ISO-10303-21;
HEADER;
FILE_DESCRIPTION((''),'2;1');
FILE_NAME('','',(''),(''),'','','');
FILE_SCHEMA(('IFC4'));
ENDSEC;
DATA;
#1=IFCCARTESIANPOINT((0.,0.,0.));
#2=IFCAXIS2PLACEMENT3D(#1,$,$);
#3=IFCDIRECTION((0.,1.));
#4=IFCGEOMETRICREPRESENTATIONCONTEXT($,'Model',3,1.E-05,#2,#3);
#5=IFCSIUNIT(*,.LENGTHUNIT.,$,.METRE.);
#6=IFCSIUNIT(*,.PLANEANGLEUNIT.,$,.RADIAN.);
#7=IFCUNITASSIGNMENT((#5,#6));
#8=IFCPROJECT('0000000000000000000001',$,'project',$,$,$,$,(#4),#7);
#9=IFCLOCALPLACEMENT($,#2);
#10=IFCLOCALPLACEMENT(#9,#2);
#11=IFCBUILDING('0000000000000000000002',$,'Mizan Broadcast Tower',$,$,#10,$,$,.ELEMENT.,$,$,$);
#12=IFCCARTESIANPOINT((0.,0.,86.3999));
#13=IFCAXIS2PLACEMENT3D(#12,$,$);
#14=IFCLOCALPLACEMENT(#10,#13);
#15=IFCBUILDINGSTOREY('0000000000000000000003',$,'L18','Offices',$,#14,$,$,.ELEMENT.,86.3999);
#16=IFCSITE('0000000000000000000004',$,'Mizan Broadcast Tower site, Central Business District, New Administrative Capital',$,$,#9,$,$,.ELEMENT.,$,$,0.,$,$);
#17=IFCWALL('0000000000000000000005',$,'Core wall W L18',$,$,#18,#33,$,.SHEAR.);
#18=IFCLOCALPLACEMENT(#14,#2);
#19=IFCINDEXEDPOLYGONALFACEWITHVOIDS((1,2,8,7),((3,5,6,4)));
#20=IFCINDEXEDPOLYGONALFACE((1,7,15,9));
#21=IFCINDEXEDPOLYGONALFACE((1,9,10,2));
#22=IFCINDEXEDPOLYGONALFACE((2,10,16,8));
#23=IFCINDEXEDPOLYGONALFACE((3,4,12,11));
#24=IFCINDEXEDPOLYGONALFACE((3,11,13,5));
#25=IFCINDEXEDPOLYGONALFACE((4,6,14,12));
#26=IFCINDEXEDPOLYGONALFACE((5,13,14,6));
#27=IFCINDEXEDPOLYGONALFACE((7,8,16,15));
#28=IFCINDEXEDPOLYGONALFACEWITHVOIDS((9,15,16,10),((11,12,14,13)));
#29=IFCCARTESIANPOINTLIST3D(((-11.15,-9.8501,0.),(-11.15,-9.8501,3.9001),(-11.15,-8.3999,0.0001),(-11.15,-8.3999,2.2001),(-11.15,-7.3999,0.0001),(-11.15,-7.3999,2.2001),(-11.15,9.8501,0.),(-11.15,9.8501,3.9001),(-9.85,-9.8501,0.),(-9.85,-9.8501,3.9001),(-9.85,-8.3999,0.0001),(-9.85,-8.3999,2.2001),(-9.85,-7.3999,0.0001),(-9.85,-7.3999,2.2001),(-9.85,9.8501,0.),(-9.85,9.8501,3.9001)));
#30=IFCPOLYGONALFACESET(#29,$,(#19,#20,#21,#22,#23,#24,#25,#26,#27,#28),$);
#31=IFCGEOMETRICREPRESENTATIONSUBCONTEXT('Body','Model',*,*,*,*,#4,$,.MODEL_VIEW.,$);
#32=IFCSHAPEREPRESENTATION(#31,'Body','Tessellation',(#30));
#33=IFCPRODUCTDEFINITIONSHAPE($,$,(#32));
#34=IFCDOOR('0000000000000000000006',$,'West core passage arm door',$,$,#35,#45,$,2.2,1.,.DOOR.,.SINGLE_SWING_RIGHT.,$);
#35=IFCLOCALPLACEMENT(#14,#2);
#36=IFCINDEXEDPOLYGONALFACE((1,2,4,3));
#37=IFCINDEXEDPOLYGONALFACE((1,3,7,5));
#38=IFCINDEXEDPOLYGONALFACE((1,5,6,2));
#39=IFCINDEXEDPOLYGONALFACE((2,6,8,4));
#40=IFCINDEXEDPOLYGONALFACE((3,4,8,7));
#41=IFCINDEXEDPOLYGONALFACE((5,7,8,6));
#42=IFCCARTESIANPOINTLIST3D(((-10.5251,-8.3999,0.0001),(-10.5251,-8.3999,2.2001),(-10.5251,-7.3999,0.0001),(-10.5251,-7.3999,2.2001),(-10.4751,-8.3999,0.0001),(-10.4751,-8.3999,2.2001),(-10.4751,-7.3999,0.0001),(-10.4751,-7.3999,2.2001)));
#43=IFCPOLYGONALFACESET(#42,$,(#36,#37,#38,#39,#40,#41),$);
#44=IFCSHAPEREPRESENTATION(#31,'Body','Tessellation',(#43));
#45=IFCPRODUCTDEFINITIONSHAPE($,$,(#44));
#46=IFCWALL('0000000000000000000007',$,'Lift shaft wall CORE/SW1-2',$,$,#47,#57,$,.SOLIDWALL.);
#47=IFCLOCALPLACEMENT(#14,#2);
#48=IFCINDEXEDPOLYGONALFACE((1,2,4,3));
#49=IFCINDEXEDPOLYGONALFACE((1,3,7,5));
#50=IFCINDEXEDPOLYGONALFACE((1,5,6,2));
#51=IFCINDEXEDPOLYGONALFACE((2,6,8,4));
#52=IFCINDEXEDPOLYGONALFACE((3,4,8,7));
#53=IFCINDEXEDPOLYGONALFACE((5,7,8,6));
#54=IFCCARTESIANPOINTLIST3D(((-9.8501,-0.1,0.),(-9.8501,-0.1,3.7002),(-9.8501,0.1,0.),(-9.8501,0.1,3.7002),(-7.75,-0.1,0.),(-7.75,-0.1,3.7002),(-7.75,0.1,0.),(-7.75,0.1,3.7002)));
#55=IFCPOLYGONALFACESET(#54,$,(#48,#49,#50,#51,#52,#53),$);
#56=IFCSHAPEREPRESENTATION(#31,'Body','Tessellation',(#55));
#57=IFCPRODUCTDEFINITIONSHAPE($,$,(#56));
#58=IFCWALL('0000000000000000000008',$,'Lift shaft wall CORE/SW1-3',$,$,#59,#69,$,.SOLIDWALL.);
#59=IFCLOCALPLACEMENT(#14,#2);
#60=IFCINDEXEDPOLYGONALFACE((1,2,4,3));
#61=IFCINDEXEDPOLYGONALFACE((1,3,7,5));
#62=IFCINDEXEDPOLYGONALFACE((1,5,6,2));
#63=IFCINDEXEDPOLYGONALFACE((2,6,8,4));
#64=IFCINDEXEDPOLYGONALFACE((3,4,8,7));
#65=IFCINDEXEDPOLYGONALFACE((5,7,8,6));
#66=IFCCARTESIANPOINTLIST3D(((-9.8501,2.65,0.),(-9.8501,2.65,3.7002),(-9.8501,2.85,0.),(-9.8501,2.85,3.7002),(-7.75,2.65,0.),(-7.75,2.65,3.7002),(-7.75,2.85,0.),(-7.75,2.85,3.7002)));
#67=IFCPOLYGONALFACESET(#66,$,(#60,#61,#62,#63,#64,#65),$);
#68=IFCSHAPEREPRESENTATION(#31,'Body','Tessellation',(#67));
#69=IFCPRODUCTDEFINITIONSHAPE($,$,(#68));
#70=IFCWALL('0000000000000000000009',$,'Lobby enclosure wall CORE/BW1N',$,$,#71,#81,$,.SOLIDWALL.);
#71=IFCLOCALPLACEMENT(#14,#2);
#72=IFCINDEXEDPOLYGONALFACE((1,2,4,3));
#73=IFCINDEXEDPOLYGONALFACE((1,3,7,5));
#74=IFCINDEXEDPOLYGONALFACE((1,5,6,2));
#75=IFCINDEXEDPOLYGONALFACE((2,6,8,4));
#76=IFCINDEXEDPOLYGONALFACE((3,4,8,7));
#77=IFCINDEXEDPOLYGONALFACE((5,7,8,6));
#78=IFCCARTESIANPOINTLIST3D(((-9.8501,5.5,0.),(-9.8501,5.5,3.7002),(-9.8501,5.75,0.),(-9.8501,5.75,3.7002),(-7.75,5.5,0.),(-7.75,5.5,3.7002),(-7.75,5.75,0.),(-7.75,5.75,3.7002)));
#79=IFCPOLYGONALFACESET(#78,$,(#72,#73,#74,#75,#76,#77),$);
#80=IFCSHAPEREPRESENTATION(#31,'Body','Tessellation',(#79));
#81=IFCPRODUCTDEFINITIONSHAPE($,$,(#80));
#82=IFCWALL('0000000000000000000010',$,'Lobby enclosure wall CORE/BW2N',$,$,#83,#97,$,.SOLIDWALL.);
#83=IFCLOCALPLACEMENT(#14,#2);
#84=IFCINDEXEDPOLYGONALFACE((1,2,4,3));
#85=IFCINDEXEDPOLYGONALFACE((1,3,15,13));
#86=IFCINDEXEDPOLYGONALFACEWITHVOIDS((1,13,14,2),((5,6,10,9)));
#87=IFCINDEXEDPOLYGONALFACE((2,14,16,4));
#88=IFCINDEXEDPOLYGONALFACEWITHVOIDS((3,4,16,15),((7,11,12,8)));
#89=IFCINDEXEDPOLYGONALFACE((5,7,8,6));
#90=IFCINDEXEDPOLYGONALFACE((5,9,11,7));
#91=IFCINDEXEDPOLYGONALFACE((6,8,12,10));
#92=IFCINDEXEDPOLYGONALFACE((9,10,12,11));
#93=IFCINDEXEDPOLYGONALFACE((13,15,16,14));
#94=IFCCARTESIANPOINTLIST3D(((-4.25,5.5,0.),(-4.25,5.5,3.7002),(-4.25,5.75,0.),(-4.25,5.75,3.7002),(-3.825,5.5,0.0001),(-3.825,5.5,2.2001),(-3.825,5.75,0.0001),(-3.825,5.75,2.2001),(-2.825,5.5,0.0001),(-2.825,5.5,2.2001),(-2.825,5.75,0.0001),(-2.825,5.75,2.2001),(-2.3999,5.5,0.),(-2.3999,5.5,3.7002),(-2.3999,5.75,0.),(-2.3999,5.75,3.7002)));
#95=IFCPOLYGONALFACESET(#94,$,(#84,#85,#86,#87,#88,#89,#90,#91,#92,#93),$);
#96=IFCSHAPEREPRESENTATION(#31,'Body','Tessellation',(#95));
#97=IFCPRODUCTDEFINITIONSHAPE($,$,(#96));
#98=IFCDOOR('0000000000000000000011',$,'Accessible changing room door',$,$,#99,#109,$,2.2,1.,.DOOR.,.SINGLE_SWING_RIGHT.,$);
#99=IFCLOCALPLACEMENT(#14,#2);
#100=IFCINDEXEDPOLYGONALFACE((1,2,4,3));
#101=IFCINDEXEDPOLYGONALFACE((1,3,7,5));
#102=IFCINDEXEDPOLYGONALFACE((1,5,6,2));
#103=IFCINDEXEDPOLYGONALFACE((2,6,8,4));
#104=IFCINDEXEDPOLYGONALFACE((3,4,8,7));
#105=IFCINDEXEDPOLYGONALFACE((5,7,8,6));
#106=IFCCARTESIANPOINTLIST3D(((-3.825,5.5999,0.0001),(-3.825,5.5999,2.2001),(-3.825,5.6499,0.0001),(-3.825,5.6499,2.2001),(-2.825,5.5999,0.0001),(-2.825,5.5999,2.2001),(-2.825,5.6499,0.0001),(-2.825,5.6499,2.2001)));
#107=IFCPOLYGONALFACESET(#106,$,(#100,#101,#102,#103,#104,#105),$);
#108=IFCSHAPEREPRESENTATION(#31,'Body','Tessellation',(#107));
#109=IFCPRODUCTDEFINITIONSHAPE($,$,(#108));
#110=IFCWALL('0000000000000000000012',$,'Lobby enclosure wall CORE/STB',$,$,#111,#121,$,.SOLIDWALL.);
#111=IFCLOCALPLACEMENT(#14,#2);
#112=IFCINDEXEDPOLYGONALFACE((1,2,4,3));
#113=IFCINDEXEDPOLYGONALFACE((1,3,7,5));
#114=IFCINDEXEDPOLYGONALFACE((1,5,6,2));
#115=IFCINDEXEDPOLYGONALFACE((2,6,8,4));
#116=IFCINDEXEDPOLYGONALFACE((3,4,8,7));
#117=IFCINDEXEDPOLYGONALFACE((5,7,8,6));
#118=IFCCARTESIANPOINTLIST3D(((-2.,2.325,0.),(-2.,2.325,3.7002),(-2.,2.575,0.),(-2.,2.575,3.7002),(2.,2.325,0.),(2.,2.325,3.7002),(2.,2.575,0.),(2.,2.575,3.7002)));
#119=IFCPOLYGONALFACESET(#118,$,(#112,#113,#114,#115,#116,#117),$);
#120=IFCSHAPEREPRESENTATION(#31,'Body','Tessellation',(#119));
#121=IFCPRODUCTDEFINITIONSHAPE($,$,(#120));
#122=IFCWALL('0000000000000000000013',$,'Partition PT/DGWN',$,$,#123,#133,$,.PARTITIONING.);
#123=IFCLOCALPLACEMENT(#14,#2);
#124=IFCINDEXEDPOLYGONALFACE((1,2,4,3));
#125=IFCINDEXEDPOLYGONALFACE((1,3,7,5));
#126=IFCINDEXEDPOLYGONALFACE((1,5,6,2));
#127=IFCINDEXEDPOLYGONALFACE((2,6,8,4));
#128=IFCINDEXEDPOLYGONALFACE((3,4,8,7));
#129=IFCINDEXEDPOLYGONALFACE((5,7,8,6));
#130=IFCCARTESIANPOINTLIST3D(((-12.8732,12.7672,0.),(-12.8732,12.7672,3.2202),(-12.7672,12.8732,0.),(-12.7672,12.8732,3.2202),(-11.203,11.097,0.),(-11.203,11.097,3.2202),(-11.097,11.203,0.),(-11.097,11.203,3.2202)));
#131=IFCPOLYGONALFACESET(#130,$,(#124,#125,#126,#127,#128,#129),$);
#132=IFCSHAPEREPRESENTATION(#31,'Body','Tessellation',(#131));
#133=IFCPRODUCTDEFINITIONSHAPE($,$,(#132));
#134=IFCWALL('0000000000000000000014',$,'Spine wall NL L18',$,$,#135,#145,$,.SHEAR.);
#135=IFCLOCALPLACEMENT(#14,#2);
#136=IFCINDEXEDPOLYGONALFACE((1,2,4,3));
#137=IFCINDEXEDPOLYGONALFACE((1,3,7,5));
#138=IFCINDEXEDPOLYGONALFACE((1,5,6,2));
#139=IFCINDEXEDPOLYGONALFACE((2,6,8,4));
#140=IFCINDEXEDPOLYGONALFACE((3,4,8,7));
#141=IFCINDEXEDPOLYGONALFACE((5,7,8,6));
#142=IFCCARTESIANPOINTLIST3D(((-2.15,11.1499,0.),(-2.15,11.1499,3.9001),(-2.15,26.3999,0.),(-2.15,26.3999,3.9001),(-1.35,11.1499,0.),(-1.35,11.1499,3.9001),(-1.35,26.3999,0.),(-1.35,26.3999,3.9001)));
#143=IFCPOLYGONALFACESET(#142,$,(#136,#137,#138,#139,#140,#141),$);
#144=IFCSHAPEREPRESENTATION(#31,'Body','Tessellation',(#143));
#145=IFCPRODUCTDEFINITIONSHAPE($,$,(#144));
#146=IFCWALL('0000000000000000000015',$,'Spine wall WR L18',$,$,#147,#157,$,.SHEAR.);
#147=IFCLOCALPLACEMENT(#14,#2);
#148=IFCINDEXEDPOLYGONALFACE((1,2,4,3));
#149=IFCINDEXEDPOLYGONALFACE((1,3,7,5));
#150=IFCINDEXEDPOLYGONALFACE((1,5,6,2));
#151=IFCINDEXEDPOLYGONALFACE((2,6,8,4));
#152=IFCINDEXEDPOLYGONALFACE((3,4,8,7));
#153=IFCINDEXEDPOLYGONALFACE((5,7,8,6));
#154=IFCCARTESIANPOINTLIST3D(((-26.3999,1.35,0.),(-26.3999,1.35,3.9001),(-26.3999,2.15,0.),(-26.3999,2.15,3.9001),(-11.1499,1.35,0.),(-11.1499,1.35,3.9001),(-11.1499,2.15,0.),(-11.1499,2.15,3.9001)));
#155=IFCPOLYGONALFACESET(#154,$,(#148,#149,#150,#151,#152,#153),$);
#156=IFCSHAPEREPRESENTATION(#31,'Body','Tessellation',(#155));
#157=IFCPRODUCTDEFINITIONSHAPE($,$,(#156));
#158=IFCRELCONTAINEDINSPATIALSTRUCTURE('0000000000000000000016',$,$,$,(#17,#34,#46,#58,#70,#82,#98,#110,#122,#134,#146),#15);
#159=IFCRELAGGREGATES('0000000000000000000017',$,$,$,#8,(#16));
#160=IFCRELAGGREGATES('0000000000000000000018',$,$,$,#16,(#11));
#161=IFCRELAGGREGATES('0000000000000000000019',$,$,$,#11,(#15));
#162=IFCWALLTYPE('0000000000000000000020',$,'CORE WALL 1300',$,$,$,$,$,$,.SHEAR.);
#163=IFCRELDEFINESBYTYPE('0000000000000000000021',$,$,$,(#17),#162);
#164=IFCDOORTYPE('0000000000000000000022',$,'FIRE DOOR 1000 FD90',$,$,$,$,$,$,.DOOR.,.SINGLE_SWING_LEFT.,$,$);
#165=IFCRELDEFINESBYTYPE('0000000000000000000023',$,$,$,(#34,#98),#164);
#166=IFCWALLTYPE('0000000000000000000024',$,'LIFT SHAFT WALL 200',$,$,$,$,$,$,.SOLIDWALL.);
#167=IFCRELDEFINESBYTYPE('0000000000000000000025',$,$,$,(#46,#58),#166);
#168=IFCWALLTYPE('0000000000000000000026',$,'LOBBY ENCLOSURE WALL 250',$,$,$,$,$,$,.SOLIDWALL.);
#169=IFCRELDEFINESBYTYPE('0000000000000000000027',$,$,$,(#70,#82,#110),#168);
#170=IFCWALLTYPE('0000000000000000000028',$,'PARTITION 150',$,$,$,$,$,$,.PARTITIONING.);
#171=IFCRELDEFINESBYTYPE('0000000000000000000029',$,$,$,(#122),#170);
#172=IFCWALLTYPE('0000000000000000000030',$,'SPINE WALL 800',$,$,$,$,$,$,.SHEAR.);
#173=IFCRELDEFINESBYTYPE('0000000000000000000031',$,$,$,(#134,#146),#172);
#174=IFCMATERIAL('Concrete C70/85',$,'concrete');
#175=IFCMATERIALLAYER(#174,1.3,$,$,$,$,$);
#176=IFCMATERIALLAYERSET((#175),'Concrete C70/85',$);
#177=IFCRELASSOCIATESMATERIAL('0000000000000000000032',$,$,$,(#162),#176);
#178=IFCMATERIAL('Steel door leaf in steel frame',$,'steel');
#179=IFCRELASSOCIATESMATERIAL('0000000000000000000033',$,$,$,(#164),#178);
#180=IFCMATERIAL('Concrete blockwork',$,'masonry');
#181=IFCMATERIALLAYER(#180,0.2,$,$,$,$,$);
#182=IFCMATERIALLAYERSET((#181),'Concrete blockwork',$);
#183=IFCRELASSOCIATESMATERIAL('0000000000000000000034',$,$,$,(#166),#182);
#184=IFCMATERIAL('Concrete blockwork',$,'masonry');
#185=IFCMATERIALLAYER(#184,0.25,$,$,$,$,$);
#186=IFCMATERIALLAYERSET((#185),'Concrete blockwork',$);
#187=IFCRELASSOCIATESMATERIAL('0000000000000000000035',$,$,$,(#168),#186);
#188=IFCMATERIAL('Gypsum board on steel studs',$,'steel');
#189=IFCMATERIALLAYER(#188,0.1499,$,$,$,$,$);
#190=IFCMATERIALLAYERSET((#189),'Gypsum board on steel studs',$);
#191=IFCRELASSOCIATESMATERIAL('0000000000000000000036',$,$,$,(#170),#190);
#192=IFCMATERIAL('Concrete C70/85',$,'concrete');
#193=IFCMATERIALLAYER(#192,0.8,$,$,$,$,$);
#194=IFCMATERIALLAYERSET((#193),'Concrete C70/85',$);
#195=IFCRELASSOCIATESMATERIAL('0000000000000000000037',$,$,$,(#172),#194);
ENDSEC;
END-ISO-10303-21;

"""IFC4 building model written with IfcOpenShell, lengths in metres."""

from ifc_helpers import new_model, si_unit, direction, frame, frame_2d, origin, place, context, subcontext, project, spatial, rectangle, extrude, material, layer, layer_set, type_object, element, fill, save


model = new_model("IFC4")

# Units and contexts
model_context = context("Model", 3, precision=1e-05, world=origin(), true_north=direction((0.0, 1.0)))
body_context = subcontext(model_context, "Body", "Model", "MODEL_VIEW")
ifc_project = project(units=[si_unit("LENGTHUNIT", "METRE"), si_unit("PLANEANGLEUNIT", "RADIAN")], contexts=[model_context])

# Site, building, storey
site_placement = place(None, origin())
site = spatial("IfcSite", under=ifc_project, at=site_placement, Name="Mizan Broadcast Tower site, Central Business District, New Administrative Capital", CompositionType="ELEMENT", RefElevation=0.0)
building_placement = place(site_placement, origin())
building = spatial("IfcBuilding", under=site, at=building_placement, Name="Mizan Broadcast Tower", CompositionType="ELEMENT")
storey_placement = place(building_placement, frame((0.0, 0.0, 86.3999)))
storey = spatial("IfcBuildingStorey", under=building, at=storey_placement, Name="L18", Description="Offices", CompositionType="ELEMENT", Elevation=86.3999)

# Shared definitions
ifc_material_1 = material(Name="Concrete C70/85", Category="concrete")
ifc_layer_1 = layer(ifc_material_1, 1.3)
ifc_layer_set_1 = layer_set([ifc_layer_1], Name="Concrete C70/85")
wall_type_1 = type_object("IfcWallType", Name="CORE WALL 1300", PredefinedType="SHEAR", material=ifc_layer_set_1)

# Wall, opening, door
wall_1_placement = place(storey_placement, frame((-10.5, 9.8501, 0.0), z_axis=(0.0, 0.0, 1.0), x_axis=(0.0, -1.0, 0.0)))
wall_1 = element("IfcWall", 1, at=wall_1_placement, inside=storey, type_object=wall_type_1, Name="Core wall W L18", PredefinedType="SHEAR", context=body_context, shape_type="SweptSolid", body=[
    extrude(rectangle(XDim=19.7002, YDim=1.3, at=frame_2d((9.8501, 0.0))), origin(), (0.0, 0.0, 1.0), 3.9001),
])
opening_1_placement = place(wall_1_placement, frame((17.25, 0.0, 0.0)))
opening_1 = element("IfcOpeningElement", 2, at=opening_1_placement, cuts=wall_1, PredefinedType="OPENING", context=body_context, shape_type="SweptSolid", body=[
    extrude(rectangle(XDim=1.0, YDim=2.2, at=frame_2d((0.5, 1.1001))), frame((0.0, 0.6599, 0.0), z_axis=(0.0, -1.0, 0.0), x_axis=(1.0, 0.0, 0.0)), (0.0, 0.0, 1.0), 1.3201),
])
ifc_material_2 = material(Name="Steel door leaf in steel frame", Category="steel")
door_type_1 = type_object("IfcDoorType", Name="FIRE DOOR 1000 FD90", OperationType="SINGLE_SWING_LEFT", PredefinedType="DOOR", material=ifc_material_2)
door_1_placement = place(opening_1_placement, origin())
door_1 = element("IfcDoor", 3, at=door_1_placement, inside=storey, type_object=door_type_1, Name="West core passage arm door", OperationType="SINGLE_SWING_RIGHT", OverallHeight=2.2, OverallWidth=1.0, PredefinedType="DOOR", context=body_context, shape_type="SweptSolid", body=[
    extrude(rectangle(XDim=1.0, YDim=2.2, at=frame_2d((0.5, 1.1001))), frame((0.0, 0.0249, 0.0), z_axis=(0.0, -1.0, 0.0), x_axis=(1.0, 0.0, 0.0)), (0.0, 0.0, 1.0), 0.05),
])
fill(opening_1, door_1)

# Walls
ifc_material_3 = material(Name="Concrete blockwork", Category="masonry")
ifc_layer_2 = layer(ifc_material_3, 0.2)
ifc_layer_set_2 = layer_set([ifc_layer_2], Name="Concrete blockwork")
wall_type_2 = type_object("IfcWallType", Name="LIFT SHAFT WALL 200", PredefinedType="SOLIDWALL", material=ifc_layer_set_2)
for number, where, z_axis, x_axis, name in (
    (4, (-9.8501, 0.0, 0.0), (0.0, 0.0, 1.0), (1.0, 0.0, 0.0), "Lift shaft wall CORE/SW1-2"),
    (5, (-9.8501, 2.75, 0.0), (0.0, 0.0, 1.0), (1.0, 0.0, 0.0), "Lift shaft wall CORE/SW1-3"),
):
    element("IfcWall", number, at=place(storey_placement, frame(where, z_axis=z_axis, x_axis=x_axis)), inside=storey, type_object=wall_type_2, Name=name, PredefinedType="SOLIDWALL", context=body_context, shape_type="SweptSolid", body=[
        extrude(rectangle(XDim=2.1001, YDim=0.2, at=frame_2d((1.05, 0.0))), origin(), (0.0, 0.0, 1.0), 3.7002),
    ])
ifc_material_4 = material(Name="Concrete blockwork", Category="masonry")
ifc_layer_3 = layer(ifc_material_4, 0.25)
ifc_layer_set_3 = layer_set([ifc_layer_3], Name="Concrete blockwork")
wall_type_3 = type_object("IfcWallType", Name="LOBBY ENCLOSURE WALL 250", PredefinedType="SOLIDWALL", material=ifc_layer_set_3)
wall_2_placement = place(storey_placement, frame((-9.8501, 5.625, 0.0), z_axis=(0.0, 0.0, 1.0), x_axis=(1.0, 0.0, 0.0)))
element("IfcWall", 6, at=wall_2_placement, inside=storey, type_object=wall_type_3, Name="Lobby enclosure wall CORE/BW1N", PredefinedType="SOLIDWALL", context=body_context, shape_type="SweptSolid", body=[
    extrude(rectangle(XDim=2.1001, YDim=0.25, at=frame_2d((1.05, 0.0))), origin(), (0.0, 0.0, 1.0), 3.7002),
])

# Wall, opening, door
wall_3_placement = place(storey_placement, frame((-4.25, 5.625, 0.0), z_axis=(0.0, 0.0, 1.0), x_axis=(1.0, 0.0, 0.0)))
wall_3 = element("IfcWall", 7, at=wall_3_placement, inside=storey, type_object=wall_type_3, Name="Lobby enclosure wall CORE/BW2N", PredefinedType="SOLIDWALL", context=body_context, shape_type="SweptSolid", body=[
    extrude(rectangle(XDim=1.8501, YDim=0.25, at=frame_2d((0.925, 0.0))), origin(), (0.0, 0.0, 1.0), 3.7002),
])
opening_2_placement = place(wall_3_placement, frame((0.425, 0.0, 0.0)))
opening_2 = element("IfcOpeningElement", 8, at=opening_2_placement, cuts=wall_3, PredefinedType="OPENING", context=body_context, shape_type="SweptSolid", body=[
    extrude(rectangle(XDim=1.0, YDim=2.2, at=frame_2d((0.5, 1.1001))), frame((0.0, 0.135, 0.0), z_axis=(0.0, -1.0, 0.0), x_axis=(1.0, 0.0, 0.0)), (0.0, 0.0, 1.0), 0.27),
])
door_2_placement = place(opening_2_placement, origin())
door_2 = element("IfcDoor", 9, at=door_2_placement, inside=storey, type_object=door_type_1, Name="Accessible changing room door", OperationType="SINGLE_SWING_RIGHT", OverallHeight=2.2, OverallWidth=1.0, PredefinedType="DOOR", context=body_context, shape_type="SweptSolid", body=[
    extrude(rectangle(XDim=1.0, YDim=2.2, at=frame_2d((0.5, 1.1001))), frame((0.0, 0.0249, 0.0), z_axis=(0.0, -1.0, 0.0), x_axis=(1.0, 0.0, 0.0)), (0.0, 0.0, 1.0), 0.05),
])
fill(opening_2, door_2)

# Walls
wall_4_placement = place(storey_placement, frame((-2.0, 2.45, 0.0), z_axis=(0.0, 0.0, 1.0), x_axis=(1.0, 0.0, 0.0)))
element("IfcWall", 10, at=wall_4_placement, inside=storey, type_object=wall_type_3, Name="Lobby enclosure wall CORE/STB", PredefinedType="SOLIDWALL", context=body_context, shape_type="SweptSolid", body=[
    extrude(rectangle(XDim=4.0, YDim=0.25, at=frame_2d((2.0, 0.0))), origin(), (0.0, 0.0, 1.0), 3.7002),
])
ifc_material_5 = material(Name="Gypsum board on steel studs", Category="steel")
ifc_layer_4 = layer(ifc_material_5, 0.1499)
ifc_layer_set_4 = layer_set([ifc_layer_4], Name="Gypsum board on steel studs")
wall_type_4 = type_object("IfcWallType", Name="PARTITION 150", PredefinedType="PARTITIONING", material=ifc_layer_set_4)
wall_5_placement = place(storey_placement, frame((-11.1499, 11.1499, 0.0), z_axis=(0.0, 0.0, 1.0), x_axis=(-0.707107, 0.707107, 0.0)))
element("IfcWall", 11, at=wall_5_placement, inside=storey, type_object=wall_type_4, Name="Partition PT/DGWN", PredefinedType="PARTITIONING", context=body_context, shape_type="SweptSolid", body=[
    extrude(rectangle(XDim=2.3621, YDim=0.1499, at=frame_2d((1.1812, 0.0))), origin(), (0.0, 0.0, 1.0), 3.2202),
])
ifc_material_6 = material(Name="Concrete C70/85", Category="concrete")
ifc_layer_5 = layer(ifc_material_6, 0.8)
ifc_layer_set_5 = layer_set([ifc_layer_5], Name="Concrete C70/85")
wall_type_5 = type_object("IfcWallType", Name="SPINE WALL 800", PredefinedType="SHEAR", material=ifc_layer_set_5)
for number, where, z_axis, x_axis, name in (
    (12, (-1.75, 11.1499, 0.0), (0.0, 0.0, 1.0), (0.0, 1.0, 0.0), "Spine wall NL L18"),
    (13, (-11.1499, 1.75, 0.0), (0.0, 0.0, 1.0), (-1.0, 0.0, 0.0), "Spine wall WR L18"),
):
    element("IfcWall", number, at=place(storey_placement, frame(where, z_axis=z_axis, x_axis=x_axis)), inside=storey, type_object=wall_type_5, Name=name, PredefinedType="SHEAR", context=body_context, shape_type="SweptSolid", body=[
        extrude(rectangle(XDim=15.25, YDim=0.8, at=frame_2d((7.625, 0.0))), origin(), (0.0, 0.0, 1.0), 3.9001),
    ])

save(model, "model.ifc")
